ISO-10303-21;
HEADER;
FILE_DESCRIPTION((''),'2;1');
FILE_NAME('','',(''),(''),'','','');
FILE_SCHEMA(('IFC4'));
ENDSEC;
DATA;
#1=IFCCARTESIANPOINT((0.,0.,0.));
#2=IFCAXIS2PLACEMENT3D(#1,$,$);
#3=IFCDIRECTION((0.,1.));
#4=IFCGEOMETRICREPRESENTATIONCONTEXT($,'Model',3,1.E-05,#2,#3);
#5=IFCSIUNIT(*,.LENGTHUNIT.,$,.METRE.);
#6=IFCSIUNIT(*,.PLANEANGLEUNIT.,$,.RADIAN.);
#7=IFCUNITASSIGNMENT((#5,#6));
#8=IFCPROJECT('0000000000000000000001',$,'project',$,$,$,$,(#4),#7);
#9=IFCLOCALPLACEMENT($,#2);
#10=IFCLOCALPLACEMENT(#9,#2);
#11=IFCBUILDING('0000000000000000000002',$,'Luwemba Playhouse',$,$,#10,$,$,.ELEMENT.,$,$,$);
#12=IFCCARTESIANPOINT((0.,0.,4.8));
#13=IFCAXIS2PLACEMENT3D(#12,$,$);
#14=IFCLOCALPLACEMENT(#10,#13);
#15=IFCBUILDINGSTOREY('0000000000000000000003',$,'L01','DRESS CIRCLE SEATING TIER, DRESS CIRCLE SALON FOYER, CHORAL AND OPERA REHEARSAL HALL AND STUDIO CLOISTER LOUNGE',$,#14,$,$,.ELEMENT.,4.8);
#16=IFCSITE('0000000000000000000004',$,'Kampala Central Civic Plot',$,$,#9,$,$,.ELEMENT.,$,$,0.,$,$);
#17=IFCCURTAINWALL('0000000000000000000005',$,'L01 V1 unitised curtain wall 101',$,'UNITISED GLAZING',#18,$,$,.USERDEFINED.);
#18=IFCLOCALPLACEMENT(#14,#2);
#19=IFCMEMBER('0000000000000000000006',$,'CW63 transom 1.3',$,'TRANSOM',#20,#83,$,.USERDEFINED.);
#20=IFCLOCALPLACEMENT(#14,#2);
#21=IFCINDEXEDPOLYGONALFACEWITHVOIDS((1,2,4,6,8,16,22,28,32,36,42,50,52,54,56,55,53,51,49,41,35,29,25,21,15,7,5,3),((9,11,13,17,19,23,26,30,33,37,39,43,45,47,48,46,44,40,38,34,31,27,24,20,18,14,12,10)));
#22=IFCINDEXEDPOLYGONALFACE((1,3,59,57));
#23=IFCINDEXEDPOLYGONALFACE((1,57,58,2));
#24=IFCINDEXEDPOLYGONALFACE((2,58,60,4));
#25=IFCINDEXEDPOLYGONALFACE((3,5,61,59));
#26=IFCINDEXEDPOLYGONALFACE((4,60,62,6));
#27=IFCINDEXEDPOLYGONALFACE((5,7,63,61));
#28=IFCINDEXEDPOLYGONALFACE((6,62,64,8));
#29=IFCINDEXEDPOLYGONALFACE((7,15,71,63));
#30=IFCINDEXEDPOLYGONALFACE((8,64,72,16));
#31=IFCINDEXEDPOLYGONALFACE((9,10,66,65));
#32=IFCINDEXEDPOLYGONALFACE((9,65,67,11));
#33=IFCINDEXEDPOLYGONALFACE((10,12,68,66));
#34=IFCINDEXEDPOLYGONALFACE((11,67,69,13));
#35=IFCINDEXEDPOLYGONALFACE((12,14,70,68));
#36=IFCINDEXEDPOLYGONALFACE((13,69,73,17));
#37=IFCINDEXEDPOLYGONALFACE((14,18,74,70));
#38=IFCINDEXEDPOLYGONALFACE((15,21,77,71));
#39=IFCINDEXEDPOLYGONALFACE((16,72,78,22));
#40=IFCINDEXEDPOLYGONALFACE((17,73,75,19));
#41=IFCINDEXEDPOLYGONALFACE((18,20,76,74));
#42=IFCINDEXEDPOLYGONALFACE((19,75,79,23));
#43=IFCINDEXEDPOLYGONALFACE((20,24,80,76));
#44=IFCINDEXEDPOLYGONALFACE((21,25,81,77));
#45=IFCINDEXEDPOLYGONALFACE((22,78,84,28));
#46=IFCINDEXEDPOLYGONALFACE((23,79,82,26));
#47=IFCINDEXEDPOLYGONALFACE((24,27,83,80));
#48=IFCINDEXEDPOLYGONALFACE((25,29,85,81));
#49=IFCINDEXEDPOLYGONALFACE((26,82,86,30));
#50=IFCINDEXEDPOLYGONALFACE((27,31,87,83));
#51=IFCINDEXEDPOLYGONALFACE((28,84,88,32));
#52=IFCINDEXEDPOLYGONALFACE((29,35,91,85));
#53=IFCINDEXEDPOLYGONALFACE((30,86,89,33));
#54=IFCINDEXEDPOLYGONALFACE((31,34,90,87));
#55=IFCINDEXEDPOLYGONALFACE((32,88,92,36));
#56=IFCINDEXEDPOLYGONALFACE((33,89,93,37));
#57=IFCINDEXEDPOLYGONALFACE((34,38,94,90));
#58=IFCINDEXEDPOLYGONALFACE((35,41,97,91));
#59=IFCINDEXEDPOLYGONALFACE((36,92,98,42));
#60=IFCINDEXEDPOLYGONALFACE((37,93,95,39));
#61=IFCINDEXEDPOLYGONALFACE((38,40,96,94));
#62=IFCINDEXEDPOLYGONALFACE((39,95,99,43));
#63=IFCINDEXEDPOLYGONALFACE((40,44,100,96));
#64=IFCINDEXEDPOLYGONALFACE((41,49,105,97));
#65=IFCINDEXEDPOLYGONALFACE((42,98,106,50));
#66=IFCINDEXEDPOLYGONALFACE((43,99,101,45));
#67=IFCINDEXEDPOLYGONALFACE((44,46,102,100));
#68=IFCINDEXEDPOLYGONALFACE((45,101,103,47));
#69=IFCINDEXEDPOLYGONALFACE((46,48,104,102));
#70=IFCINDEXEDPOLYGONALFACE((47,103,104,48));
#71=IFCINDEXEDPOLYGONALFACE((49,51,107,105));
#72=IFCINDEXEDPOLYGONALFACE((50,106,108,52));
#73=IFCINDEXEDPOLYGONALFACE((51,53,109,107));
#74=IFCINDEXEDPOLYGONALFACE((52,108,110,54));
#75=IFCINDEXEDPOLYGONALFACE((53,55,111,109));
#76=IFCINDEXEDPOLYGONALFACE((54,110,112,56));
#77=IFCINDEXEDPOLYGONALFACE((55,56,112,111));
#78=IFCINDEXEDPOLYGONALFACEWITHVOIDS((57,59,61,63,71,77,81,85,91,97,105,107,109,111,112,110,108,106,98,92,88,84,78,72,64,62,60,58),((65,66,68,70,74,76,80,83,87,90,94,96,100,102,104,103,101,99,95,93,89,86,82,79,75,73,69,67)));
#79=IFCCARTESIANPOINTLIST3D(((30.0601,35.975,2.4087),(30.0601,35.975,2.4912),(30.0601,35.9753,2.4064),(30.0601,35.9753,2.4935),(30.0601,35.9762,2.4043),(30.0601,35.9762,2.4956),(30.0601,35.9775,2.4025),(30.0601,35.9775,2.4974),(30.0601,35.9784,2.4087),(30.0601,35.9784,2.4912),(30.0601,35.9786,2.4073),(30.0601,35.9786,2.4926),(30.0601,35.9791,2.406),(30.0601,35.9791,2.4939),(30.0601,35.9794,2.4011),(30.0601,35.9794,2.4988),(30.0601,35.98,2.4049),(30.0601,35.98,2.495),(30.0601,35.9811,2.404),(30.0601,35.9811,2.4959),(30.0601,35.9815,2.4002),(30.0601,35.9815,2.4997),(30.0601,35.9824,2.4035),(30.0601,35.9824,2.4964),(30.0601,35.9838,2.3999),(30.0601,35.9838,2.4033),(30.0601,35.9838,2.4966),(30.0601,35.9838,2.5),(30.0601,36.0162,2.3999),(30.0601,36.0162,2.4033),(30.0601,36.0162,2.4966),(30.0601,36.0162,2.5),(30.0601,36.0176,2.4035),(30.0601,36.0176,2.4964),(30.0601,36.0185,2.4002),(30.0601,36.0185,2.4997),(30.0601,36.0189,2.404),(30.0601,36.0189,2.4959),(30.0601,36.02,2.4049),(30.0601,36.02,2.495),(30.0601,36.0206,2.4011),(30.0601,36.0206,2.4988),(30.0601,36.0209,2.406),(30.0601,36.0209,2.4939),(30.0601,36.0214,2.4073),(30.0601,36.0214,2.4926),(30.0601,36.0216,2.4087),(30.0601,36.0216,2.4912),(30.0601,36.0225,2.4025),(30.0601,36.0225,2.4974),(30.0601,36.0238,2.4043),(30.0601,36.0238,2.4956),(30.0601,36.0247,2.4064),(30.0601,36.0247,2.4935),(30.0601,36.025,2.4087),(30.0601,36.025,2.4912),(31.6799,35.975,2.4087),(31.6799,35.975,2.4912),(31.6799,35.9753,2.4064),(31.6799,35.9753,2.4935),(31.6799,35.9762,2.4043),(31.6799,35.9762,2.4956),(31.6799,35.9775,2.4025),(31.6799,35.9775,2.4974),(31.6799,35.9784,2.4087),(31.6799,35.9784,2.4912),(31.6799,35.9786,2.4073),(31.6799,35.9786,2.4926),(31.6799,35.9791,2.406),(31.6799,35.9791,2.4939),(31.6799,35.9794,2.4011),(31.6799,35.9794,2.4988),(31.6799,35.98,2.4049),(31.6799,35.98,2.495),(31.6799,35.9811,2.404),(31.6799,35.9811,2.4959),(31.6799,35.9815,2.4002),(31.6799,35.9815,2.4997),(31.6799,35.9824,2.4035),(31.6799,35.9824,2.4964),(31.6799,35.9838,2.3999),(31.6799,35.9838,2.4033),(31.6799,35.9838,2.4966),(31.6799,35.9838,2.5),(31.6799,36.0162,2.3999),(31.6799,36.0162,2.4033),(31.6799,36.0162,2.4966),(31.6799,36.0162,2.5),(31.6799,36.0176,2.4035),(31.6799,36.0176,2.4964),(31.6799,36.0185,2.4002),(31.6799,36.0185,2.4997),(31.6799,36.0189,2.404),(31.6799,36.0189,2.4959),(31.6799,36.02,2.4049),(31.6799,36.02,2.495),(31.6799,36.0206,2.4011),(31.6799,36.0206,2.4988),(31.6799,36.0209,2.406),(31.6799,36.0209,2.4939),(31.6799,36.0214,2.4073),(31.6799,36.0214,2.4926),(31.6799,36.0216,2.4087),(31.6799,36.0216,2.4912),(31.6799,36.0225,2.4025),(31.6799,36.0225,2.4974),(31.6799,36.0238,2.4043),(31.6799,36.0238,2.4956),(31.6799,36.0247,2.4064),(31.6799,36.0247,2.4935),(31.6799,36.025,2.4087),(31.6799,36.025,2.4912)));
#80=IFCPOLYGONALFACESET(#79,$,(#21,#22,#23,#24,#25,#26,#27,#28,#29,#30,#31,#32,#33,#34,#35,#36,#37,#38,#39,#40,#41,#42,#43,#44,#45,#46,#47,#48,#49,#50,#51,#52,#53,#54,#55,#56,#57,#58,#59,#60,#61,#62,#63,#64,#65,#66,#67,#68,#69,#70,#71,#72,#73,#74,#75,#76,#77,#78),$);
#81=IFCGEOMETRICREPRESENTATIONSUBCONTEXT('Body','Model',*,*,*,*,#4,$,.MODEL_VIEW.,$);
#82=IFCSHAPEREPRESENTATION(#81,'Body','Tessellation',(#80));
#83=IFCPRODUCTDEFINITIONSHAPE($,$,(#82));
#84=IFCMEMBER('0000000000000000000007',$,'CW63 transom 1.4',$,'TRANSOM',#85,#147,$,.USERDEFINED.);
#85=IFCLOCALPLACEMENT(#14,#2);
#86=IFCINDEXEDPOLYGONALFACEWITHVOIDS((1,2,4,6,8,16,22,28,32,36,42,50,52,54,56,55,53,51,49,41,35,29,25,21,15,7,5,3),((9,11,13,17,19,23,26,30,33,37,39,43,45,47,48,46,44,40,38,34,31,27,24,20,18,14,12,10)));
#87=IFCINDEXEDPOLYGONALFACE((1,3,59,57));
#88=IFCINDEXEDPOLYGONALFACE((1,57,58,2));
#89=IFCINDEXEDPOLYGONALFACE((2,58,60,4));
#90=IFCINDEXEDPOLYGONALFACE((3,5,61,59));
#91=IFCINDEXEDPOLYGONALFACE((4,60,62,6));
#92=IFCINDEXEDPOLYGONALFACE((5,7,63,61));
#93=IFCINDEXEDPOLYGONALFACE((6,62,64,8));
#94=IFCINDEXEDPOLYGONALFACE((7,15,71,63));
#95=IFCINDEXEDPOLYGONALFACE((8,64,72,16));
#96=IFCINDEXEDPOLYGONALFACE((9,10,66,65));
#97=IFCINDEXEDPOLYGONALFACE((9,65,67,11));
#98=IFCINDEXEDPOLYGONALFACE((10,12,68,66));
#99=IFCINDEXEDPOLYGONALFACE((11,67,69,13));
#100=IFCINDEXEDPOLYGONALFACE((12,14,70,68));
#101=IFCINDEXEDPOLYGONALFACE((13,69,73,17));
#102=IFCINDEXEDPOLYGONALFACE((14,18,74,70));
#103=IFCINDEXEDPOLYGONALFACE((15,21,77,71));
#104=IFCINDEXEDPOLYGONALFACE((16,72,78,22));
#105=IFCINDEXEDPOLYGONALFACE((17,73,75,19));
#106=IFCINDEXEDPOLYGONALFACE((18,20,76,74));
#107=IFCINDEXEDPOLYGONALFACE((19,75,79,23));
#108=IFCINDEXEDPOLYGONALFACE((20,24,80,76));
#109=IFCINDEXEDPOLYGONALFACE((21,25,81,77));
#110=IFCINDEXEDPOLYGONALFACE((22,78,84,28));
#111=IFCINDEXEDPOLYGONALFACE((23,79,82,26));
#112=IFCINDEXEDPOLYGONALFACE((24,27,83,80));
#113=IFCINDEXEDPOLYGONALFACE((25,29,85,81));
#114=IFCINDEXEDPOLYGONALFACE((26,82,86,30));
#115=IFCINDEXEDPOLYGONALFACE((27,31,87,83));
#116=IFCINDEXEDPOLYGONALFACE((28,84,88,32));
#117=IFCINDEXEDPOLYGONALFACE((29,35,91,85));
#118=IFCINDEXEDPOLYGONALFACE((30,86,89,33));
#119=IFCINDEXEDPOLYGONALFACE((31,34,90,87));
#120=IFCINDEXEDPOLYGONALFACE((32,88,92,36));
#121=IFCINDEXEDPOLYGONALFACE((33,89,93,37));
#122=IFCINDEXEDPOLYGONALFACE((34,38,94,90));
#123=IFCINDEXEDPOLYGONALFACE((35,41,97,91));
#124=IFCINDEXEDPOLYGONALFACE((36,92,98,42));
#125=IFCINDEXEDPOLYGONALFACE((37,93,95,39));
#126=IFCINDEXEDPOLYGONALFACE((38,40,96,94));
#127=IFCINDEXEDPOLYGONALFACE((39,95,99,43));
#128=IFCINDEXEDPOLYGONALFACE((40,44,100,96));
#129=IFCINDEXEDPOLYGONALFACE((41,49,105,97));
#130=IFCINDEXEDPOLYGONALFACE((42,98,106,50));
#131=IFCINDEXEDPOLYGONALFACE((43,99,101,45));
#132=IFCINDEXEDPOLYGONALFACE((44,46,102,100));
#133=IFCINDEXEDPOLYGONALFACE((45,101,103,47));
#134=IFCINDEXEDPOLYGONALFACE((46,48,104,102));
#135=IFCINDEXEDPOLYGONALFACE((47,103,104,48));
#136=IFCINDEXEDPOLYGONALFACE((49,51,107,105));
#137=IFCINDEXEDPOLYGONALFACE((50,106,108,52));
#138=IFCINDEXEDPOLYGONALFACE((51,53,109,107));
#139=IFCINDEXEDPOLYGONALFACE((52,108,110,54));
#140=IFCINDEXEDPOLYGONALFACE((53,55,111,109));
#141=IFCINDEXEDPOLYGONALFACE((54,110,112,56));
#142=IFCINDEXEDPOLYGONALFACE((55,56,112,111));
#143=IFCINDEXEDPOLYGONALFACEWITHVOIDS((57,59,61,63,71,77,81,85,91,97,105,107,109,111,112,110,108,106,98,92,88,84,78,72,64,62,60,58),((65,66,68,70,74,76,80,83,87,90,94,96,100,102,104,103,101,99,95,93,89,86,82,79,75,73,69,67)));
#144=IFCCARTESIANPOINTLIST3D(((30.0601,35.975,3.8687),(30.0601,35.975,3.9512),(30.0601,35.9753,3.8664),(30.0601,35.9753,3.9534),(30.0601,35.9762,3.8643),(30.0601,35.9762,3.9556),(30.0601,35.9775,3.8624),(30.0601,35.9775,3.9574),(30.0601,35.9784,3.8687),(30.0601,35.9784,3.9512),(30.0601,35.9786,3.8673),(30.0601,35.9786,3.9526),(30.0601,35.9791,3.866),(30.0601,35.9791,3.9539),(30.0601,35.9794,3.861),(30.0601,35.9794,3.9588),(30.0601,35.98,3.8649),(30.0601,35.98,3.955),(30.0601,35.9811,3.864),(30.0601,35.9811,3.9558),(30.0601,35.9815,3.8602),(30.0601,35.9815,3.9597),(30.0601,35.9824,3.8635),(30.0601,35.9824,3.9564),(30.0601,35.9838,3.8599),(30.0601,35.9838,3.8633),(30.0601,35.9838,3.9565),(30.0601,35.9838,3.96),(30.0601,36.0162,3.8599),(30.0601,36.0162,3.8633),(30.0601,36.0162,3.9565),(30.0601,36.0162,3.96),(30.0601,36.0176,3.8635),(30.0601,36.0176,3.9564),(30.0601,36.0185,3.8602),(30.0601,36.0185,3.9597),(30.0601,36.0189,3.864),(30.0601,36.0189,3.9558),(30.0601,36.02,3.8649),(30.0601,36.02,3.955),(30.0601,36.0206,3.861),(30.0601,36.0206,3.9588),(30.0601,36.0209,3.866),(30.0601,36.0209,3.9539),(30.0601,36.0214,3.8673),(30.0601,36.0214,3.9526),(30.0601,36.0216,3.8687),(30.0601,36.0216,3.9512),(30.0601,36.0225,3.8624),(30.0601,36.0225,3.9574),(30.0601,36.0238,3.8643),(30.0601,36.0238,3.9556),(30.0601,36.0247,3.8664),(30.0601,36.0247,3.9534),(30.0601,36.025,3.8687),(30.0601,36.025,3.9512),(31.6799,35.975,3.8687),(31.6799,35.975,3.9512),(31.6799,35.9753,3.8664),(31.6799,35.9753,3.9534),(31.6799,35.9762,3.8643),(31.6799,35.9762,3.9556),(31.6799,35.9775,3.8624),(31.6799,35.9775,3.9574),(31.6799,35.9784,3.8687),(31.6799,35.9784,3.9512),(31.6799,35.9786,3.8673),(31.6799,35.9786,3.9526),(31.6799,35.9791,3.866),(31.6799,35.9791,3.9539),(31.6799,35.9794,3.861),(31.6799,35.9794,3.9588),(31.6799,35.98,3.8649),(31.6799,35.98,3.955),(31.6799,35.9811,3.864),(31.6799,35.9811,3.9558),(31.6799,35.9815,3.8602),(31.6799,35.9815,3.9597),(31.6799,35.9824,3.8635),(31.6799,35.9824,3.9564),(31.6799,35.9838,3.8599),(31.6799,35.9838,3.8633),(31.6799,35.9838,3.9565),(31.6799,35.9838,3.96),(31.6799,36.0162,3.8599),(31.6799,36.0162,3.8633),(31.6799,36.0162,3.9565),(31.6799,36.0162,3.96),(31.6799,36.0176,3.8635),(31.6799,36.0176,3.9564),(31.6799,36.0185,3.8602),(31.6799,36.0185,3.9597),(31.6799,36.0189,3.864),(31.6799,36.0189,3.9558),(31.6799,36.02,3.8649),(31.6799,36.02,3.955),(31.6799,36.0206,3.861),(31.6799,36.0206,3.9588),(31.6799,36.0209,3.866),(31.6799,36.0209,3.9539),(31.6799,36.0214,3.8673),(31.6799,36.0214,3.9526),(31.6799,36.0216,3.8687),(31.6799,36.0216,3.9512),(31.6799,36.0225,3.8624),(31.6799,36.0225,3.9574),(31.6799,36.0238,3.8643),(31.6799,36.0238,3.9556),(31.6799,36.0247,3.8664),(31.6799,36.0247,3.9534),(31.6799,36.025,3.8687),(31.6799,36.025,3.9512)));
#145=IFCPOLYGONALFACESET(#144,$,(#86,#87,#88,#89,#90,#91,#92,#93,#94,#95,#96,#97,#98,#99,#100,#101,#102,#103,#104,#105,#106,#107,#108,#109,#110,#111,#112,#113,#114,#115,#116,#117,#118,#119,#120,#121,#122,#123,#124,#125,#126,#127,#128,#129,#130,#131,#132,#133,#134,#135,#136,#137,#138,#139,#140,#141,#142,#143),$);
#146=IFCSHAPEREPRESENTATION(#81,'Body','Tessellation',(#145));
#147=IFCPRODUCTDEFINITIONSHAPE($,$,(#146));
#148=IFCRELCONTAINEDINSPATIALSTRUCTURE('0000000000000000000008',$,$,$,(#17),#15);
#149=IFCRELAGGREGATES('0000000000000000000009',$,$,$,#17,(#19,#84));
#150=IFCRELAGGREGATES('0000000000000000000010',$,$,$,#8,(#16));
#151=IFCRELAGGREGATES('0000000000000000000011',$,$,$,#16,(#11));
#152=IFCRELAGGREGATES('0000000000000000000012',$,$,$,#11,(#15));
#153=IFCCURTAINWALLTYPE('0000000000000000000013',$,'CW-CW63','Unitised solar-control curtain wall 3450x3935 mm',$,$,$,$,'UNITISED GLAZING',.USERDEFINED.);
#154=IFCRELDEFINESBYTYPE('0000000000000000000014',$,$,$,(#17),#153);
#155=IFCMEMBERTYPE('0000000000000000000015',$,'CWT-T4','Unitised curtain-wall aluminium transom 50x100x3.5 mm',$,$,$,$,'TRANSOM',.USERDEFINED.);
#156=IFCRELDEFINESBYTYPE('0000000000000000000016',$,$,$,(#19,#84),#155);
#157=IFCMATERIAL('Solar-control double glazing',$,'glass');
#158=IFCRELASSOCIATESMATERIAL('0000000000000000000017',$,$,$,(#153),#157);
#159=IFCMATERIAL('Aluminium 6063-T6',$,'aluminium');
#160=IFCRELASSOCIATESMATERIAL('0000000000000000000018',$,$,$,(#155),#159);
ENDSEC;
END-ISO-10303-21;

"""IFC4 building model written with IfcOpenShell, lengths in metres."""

from ifc_helpers import new_model, si_unit, direction, frame, origin, origin_2d, place, context, subcontext, project, spatial, hollow_rectangle, extrude, material, material_profile, profile_set, type_object, element, aggregate, save


model = new_model("IFC4")

# Units and contexts
model_context = context("Model", 3, precision=1e-05, world=origin(), true_north=direction((0.0, 1.0)))
body_context = subcontext(model_context, "Body", "Model", "MODEL_VIEW")
ifc_project = project(units=[si_unit("LENGTHUNIT", "METRE"), si_unit("PLANEANGLEUNIT", "RADIAN")], contexts=[model_context])

# Site, building, storey
site_placement = place(None, origin())
site = spatial("IfcSite", under=ifc_project, at=site_placement, Name="Kampala Central Civic Plot", CompositionType="ELEMENT", RefElevation=0.0)
building_placement = place(site_placement, origin())
building = spatial("IfcBuilding", under=site, at=building_placement, Name="Luwemba Playhouse", CompositionType="ELEMENT")
storey_placement = place(building_placement, frame((0.0, 0.0, 4.8)))
storey = spatial("IfcBuildingStorey", under=building, at=storey_placement, Name="L01", Description="DRESS CIRCLE SEATING TIER, DRESS CIRCLE SALON FOYER, CHORAL AND OPERA REHEARSAL HALL AND STUDIO CLOISTER LOUNGE", CompositionType="ELEMENT", Elevation=4.8)

# Curtain wall
ifc_material_1 = material(Name="Solar-control double glazing", Category="glass")
ifc_material_2 = material(Name="Aluminium 6063-T6", Category="aluminium")
curtain_wall_type_1 = type_object("IfcCurtainWallType", Name="CW-CW63", Description="Unitised solar-control curtain wall 3450x3935 mm", ElementType="UNITISED GLAZING", PredefinedType="USERDEFINED", material=ifc_material_1)
curtain_wall_1_placement = place(storey_placement, origin())
curtain_wall_1 = element("IfcCurtainWall", 1, at=curtain_wall_1_placement, inside=storey, type_object=curtain_wall_type_1, Name="L01 V1 unitised curtain wall 101", ObjectType="UNITISED GLAZING", PredefinedType="USERDEFINED")

# Members
ifc_material_profile_1 = material_profile(ifc_material_2, hollow_rectangle(XDim=0.05, YDim=0.1001, WallThickness=0.0034, InnerFilletRadius=0.0054, OuterFilletRadius=0.0088, at=origin_2d()))
ifc_profile_set_1 = profile_set([ifc_material_profile_1], Name="Aluminium 6063-T6")
member_type_1 = type_object("IfcMemberType", Name="CWT-T4", Description="Unitised curtain-wall aluminium transom 50x100x3.5 mm", ElementType="TRANSOM", PredefinedType="USERDEFINED", material=ifc_profile_set_1)
member_1_placement = place(storey_placement, frame((31.6799, 36.0, 2.45), z_axis=(-1.0, 0.0, 0.0), x_axis=(0.0, -1.0, 0.0)))
member_1 = element("IfcMember", 2, at=member_1_placement, type_object=member_type_1, Name="CW63 transom 1.3", ObjectType="TRANSOM", PredefinedType="USERDEFINED", context=body_context, shape_type="SweptSolid", body=[
    extrude(hollow_rectangle(XDim=0.05, YDim=0.1001, WallThickness=0.0034, InnerFilletRadius=0.0054, OuterFilletRadius=0.0088, at=origin_2d()), origin(), (0.0, 0.0, 1.0), 1.6199),
])
member_2_placement = place(storey_placement, frame((31.6799, 36.0, 3.9099), z_axis=(-1.0, 0.0, 0.0), x_axis=(0.0, -1.0, 0.0)))
member_2 = element("IfcMember", 3, at=member_2_placement, type_object=member_type_1, Name="CW63 transom 1.4", ObjectType="TRANSOM", PredefinedType="USERDEFINED", context=body_context, shape_type="SweptSolid", body=[
    extrude(hollow_rectangle(XDim=0.05, YDim=0.1001, WallThickness=0.0034, InnerFilletRadius=0.0054, OuterFilletRadius=0.0088, at=origin_2d()), origin(), (0.0, 0.0, 1.0), 1.6199),
])

aggregate(curtain_wall_1, [member_1, member_2])

save(model, "model.ifc")
